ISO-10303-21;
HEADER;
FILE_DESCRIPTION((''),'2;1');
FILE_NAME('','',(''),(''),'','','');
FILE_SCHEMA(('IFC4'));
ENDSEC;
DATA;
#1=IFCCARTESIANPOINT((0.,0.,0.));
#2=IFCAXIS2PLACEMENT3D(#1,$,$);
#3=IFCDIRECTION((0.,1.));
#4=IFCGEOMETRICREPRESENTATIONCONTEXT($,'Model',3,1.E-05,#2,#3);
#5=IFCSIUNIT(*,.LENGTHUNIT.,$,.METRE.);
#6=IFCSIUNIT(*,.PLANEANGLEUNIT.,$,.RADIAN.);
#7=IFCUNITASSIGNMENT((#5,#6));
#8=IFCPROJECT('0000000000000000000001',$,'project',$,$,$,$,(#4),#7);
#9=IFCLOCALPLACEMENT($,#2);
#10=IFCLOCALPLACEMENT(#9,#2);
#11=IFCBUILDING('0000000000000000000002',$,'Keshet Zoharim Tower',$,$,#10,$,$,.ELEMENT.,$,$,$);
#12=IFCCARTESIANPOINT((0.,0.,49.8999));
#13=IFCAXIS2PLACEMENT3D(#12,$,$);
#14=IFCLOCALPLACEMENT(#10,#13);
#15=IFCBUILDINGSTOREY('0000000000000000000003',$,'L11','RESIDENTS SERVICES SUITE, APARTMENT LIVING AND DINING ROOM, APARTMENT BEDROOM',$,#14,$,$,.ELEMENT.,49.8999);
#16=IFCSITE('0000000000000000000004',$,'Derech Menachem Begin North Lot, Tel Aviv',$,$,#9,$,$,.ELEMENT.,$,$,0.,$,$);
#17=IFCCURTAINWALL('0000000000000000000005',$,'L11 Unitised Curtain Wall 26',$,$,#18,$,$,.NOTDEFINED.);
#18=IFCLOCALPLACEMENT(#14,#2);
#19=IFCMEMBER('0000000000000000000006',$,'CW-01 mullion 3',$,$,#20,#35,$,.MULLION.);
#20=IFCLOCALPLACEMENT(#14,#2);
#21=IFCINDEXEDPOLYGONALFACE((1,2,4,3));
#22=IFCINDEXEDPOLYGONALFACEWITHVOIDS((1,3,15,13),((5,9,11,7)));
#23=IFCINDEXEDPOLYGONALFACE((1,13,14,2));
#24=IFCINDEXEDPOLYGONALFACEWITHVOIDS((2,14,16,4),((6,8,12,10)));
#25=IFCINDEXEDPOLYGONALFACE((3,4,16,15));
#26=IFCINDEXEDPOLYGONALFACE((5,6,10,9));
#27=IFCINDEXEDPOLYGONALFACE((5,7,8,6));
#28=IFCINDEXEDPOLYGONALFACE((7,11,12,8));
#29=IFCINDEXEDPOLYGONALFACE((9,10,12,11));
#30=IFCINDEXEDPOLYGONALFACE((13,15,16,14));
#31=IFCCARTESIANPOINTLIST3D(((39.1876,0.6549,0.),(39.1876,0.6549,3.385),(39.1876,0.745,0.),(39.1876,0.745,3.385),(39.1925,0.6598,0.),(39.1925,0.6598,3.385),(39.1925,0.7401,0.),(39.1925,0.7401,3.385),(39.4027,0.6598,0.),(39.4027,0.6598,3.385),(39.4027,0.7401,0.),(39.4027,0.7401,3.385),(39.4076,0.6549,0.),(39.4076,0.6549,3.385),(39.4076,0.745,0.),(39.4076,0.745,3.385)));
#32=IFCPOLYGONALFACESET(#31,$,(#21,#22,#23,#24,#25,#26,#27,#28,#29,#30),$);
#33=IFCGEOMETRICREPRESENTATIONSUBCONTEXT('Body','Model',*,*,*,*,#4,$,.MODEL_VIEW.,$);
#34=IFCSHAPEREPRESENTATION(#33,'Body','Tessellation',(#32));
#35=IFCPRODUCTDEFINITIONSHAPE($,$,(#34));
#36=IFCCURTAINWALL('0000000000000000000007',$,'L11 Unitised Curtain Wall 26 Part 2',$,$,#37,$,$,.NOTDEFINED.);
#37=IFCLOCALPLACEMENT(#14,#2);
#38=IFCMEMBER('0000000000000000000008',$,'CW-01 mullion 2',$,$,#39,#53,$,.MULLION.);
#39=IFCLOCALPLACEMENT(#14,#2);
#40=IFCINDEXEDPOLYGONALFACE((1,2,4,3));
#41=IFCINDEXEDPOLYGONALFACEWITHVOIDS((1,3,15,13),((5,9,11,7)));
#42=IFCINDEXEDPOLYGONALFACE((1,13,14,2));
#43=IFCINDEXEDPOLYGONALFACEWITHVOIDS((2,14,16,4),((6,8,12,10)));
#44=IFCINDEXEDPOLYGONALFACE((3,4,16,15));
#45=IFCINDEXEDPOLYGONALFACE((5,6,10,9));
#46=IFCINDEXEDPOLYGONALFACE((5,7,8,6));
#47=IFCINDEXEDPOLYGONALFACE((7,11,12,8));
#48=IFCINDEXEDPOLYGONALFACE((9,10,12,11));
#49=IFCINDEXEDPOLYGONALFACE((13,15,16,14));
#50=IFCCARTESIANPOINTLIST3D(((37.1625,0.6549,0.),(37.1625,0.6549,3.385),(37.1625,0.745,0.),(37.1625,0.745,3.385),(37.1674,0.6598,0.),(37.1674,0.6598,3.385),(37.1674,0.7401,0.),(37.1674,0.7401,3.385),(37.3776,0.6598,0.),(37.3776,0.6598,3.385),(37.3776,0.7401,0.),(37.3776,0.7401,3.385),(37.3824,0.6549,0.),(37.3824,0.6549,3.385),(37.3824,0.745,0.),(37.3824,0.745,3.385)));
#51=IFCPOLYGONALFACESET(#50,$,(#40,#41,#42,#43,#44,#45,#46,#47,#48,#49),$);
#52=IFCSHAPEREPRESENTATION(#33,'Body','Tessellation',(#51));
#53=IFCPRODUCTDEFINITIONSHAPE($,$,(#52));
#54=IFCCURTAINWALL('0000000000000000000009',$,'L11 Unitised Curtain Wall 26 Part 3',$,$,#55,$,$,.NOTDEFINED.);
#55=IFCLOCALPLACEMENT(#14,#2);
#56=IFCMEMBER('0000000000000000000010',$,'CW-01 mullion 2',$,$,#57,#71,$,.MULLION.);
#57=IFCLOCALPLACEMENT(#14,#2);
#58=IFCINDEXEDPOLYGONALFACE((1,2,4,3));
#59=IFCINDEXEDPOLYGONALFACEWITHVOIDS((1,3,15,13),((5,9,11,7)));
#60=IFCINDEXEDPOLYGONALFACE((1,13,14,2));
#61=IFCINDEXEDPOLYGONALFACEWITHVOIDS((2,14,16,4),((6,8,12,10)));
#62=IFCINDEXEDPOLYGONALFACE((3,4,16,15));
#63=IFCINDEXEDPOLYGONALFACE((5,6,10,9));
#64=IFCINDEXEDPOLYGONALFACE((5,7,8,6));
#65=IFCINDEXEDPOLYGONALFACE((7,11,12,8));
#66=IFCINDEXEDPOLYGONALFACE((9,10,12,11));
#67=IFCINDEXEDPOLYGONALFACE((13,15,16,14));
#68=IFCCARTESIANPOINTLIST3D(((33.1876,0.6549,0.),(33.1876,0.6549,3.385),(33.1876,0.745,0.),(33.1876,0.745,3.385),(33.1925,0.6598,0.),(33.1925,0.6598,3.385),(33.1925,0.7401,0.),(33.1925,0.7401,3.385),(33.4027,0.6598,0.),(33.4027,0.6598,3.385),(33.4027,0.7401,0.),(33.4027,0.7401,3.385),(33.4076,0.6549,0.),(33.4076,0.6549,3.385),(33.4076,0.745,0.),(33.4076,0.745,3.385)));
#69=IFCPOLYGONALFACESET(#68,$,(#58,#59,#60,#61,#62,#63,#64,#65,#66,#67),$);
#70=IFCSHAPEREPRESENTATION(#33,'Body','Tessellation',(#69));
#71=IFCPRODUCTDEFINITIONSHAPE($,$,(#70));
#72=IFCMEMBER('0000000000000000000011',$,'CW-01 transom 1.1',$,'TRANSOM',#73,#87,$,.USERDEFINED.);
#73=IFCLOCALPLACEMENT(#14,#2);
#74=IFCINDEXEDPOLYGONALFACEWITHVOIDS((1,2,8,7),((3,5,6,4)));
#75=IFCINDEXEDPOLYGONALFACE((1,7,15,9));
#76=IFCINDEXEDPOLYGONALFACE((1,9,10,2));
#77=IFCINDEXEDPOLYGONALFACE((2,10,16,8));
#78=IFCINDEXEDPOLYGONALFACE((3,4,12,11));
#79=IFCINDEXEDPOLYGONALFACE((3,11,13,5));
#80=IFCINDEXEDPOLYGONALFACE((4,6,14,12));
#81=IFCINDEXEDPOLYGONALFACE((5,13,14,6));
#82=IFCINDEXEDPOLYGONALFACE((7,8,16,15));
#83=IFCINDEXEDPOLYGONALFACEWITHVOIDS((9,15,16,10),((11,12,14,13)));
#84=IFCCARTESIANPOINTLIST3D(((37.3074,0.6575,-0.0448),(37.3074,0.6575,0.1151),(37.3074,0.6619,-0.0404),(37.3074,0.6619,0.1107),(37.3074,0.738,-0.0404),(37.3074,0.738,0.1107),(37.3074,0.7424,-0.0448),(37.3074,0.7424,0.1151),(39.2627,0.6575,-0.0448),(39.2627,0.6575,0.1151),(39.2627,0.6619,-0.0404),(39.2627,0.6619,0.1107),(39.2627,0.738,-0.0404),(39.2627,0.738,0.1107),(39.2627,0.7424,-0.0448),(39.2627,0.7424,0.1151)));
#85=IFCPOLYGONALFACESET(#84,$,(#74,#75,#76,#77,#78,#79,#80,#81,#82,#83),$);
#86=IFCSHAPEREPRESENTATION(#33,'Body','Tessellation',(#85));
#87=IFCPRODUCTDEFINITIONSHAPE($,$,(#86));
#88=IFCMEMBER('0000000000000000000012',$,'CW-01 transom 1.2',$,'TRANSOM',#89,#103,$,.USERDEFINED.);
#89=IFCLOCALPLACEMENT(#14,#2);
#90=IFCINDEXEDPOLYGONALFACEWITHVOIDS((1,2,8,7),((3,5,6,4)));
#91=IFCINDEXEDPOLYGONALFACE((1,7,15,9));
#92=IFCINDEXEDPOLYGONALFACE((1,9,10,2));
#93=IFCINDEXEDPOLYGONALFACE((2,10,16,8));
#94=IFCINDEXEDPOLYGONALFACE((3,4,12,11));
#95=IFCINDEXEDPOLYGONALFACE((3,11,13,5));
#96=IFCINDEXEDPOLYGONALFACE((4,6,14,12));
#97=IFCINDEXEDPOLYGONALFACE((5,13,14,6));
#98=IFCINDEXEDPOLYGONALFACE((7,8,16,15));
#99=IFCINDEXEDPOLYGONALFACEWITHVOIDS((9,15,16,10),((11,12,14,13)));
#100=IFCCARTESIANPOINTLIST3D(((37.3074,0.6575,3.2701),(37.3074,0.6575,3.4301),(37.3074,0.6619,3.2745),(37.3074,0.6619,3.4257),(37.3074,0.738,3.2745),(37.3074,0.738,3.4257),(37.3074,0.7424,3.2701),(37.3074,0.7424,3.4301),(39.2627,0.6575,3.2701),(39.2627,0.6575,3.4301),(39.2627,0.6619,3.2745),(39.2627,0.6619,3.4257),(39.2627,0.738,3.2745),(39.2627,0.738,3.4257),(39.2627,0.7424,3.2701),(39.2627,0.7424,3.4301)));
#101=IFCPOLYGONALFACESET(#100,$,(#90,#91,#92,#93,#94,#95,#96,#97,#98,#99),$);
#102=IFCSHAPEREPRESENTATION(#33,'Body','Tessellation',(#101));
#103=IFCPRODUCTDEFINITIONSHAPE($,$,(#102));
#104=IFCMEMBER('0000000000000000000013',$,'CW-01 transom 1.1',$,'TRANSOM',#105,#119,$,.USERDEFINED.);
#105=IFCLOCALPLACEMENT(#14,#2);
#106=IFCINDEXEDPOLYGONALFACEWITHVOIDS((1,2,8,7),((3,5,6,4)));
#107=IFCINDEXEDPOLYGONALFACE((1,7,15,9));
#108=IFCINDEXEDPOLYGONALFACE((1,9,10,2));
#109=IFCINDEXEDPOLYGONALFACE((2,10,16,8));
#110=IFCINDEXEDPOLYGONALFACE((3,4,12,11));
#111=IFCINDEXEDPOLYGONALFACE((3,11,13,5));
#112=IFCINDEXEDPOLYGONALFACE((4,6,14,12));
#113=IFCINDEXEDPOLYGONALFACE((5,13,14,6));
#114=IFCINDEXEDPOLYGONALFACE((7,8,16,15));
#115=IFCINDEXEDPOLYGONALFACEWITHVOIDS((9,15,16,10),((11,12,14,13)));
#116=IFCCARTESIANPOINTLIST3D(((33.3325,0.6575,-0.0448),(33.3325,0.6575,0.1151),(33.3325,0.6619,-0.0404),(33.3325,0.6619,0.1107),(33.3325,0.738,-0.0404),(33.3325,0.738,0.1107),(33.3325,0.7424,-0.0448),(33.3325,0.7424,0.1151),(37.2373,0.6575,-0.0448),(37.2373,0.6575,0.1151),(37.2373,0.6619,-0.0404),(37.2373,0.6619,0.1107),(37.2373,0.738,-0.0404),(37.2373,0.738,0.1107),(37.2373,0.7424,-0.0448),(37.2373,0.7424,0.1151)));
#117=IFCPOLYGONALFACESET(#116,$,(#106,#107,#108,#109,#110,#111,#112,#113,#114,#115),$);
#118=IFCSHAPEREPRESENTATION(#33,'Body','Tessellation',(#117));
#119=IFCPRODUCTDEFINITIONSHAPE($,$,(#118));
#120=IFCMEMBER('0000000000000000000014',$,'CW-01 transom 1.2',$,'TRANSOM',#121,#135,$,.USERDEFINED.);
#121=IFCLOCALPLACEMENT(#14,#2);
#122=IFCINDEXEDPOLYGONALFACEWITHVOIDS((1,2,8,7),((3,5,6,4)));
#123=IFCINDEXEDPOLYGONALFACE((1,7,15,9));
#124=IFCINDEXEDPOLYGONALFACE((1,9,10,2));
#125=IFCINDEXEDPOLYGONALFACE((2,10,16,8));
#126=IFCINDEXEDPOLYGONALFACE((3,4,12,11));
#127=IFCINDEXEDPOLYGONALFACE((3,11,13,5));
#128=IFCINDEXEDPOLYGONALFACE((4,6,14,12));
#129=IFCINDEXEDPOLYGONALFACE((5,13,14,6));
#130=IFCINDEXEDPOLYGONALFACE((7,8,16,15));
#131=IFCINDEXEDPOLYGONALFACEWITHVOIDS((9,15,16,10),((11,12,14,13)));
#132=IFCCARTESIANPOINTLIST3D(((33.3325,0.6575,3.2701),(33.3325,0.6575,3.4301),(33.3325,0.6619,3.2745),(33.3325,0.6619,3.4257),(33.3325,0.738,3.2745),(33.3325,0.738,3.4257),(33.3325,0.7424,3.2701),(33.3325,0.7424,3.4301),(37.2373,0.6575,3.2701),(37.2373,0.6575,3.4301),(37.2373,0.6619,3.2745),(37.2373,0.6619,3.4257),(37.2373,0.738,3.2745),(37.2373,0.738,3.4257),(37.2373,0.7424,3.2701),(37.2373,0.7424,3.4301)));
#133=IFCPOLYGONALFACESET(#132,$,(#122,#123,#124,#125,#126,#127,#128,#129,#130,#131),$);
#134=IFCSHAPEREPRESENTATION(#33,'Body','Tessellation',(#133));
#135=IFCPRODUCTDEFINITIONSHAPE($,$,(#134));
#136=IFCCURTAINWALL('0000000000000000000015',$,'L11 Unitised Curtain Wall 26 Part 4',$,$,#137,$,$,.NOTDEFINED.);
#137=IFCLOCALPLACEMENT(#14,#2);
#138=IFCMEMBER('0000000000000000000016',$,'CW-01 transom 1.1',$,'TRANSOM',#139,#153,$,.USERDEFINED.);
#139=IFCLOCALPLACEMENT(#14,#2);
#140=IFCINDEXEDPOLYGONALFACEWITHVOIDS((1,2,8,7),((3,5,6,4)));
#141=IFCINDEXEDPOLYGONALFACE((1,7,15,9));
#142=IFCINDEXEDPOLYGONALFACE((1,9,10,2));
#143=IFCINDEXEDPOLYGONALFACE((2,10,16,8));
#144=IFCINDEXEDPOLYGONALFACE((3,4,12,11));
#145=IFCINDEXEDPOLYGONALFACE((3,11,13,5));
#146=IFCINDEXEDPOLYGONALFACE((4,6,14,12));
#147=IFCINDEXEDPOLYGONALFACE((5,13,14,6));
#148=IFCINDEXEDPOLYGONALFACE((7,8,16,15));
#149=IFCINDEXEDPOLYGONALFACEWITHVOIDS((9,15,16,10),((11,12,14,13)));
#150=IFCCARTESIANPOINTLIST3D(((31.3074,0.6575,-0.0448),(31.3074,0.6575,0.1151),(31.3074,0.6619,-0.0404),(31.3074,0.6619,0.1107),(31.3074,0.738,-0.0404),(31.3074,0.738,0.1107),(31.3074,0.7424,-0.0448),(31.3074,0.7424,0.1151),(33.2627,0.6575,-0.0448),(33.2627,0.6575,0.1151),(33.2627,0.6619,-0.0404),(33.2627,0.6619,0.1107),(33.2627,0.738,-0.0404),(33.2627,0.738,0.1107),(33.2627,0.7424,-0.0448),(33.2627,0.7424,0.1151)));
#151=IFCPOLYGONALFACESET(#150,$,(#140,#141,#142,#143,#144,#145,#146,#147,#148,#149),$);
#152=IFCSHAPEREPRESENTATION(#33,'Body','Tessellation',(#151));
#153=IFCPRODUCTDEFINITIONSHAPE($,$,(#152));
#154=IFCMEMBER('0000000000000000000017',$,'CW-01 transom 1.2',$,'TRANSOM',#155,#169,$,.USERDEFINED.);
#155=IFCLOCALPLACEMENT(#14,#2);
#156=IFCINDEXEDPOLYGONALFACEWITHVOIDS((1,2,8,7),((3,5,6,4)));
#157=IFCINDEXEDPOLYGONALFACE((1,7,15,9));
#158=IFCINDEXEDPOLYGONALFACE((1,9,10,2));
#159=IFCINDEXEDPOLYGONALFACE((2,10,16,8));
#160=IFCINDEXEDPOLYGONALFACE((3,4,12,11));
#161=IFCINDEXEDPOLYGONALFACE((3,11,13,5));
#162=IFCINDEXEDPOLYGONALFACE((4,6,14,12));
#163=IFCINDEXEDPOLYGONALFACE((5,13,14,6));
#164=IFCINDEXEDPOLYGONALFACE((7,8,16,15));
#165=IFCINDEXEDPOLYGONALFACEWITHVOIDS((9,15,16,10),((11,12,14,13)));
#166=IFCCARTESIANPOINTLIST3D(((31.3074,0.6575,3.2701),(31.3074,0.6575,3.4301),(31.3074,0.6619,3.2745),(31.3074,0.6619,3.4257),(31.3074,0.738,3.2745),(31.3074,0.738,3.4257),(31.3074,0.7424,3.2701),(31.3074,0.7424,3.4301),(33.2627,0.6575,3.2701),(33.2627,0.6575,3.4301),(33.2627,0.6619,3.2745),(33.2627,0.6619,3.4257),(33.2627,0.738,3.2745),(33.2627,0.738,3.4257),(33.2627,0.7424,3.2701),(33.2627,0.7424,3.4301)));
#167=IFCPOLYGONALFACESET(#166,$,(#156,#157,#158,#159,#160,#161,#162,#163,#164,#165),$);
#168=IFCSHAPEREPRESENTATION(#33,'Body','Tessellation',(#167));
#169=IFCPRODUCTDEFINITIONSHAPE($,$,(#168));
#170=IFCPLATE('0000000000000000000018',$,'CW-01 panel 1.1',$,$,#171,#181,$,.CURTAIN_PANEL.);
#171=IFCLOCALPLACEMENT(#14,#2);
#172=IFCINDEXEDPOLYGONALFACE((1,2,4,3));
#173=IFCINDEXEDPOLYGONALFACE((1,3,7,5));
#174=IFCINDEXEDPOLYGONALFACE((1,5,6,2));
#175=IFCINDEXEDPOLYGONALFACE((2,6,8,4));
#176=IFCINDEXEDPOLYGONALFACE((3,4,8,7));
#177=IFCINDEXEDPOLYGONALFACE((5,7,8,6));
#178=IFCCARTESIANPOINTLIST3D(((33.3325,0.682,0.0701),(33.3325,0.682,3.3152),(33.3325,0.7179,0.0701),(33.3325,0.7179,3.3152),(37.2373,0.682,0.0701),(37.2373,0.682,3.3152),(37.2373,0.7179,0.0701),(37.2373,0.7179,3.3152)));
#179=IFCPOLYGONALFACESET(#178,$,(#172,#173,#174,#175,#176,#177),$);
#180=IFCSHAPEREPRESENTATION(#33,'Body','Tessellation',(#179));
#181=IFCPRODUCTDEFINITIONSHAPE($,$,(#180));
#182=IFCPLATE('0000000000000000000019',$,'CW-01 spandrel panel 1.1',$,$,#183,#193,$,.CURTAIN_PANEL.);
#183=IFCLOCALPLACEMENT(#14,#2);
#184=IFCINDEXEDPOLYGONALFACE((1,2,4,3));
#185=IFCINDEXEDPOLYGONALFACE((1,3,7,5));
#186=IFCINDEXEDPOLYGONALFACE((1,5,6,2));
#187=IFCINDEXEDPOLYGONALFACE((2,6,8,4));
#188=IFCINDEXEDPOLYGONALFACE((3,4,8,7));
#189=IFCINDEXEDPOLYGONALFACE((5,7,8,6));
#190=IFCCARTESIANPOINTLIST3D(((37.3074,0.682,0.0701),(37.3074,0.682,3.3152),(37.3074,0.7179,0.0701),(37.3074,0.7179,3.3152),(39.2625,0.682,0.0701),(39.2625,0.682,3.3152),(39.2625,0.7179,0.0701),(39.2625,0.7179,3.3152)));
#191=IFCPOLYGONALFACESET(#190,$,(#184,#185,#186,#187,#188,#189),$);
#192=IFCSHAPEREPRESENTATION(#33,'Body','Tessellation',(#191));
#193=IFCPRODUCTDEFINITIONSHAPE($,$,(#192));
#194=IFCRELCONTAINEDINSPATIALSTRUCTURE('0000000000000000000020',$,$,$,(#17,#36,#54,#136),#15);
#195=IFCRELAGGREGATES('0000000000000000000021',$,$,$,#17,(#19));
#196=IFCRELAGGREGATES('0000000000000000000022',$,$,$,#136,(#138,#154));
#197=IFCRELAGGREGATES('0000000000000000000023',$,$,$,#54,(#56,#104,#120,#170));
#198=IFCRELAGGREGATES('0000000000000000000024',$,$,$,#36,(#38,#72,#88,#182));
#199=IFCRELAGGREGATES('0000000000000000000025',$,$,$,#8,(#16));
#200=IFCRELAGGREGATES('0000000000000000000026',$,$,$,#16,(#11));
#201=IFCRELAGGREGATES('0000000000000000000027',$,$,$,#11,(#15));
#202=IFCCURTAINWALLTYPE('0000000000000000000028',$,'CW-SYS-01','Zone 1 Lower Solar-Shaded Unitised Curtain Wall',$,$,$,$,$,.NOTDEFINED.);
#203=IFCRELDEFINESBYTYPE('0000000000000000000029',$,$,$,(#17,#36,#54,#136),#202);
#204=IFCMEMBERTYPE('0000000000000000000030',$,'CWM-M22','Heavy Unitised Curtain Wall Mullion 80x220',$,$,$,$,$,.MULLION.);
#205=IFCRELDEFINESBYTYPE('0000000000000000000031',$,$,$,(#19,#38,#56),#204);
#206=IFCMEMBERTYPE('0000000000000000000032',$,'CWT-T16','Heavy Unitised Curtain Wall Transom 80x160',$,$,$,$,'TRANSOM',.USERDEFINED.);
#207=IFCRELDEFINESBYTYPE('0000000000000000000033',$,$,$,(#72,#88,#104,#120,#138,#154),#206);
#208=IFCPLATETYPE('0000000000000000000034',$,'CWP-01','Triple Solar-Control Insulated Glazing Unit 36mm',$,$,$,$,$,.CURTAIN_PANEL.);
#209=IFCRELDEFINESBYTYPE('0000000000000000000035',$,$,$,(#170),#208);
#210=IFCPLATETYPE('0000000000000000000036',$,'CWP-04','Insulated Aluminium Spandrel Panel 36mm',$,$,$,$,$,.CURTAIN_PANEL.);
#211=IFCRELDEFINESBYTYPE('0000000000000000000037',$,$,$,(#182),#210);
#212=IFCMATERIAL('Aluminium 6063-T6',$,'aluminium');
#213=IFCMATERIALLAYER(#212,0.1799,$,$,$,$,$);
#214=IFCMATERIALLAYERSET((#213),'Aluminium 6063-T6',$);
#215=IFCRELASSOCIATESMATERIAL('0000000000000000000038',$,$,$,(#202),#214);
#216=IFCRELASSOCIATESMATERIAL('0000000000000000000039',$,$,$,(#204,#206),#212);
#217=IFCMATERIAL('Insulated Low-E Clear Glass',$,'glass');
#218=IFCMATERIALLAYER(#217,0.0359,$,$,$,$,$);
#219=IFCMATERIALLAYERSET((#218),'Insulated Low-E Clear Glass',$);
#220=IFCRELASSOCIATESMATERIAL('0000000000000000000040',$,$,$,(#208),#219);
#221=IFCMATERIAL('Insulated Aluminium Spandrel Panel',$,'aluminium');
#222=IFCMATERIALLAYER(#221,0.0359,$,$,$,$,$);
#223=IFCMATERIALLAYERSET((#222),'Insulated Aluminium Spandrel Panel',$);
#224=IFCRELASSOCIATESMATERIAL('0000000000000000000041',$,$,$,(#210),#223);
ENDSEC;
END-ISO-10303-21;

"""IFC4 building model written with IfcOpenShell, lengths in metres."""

from ifc_helpers import new_model, si_unit, direction, frame, origin, origin_2d, place, context, subcontext, project, spatial, rectangle, hollow_rectangle, extrude, material, layer, layer_set, material_profile, profile_set, type_object, element, aggregate, save


model = new_model("IFC4")

# Units and contexts
model_context = context("Model", 3, precision=1e-05, world=origin(), true_north=direction((0.0, 1.0)))
body_context = subcontext(model_context, "Body", "Model", "MODEL_VIEW")
ifc_project = project(units=[si_unit("LENGTHUNIT", "METRE"), si_unit("PLANEANGLEUNIT", "RADIAN")], contexts=[model_context])

# Site, building, storey
site_placement = place(None, origin())
site = spatial("IfcSite", under=ifc_project, at=site_placement, Name="Derech Menachem Begin North Lot, Tel Aviv", CompositionType="ELEMENT", RefElevation=0.0)
building_placement = place(site_placement, origin())
building = spatial("IfcBuilding", under=site, at=building_placement, Name="Keshet Zoharim Tower", CompositionType="ELEMENT")
storey_placement = place(building_placement, frame((0.0, 0.0, 49.8999)))
storey = spatial("IfcBuildingStorey", under=building, at=storey_placement, Name="L11", Description="RESIDENTS SERVICES SUITE, APARTMENT LIVING AND DINING ROOM, APARTMENT BEDROOM", CompositionType="ELEMENT", Elevation=49.8999)

# Curtain walls, members
ifc_material_1 = material(Name="Aluminium 6063-T6", Category="aluminium")
ifc_layer_1 = layer(ifc_material_1, 0.1799)
ifc_layer_set_1 = layer_set([ifc_layer_1], Name="Aluminium 6063-T6")
curtain_wall_type = type_object("IfcCurtainWallType", Name="CW-SYS-01", Description="Zone 1 Lower Solar-Shaded Unitised Curtain Wall", PredefinedType="NOTDEFINED", material=ifc_layer_set_1)
curtain_wall_1_placement = place(storey_placement, origin())
curtain_wall_1 = element("IfcCurtainWall", 1, at=curtain_wall_1_placement, inside=storey, type_object=curtain_wall_type, Name="L11 Unitised Curtain Wall 26", PredefinedType="NOTDEFINED")
ifc_material_profile_1 = material_profile(ifc_material_1, hollow_rectangle(XDim=0.0901, YDim=0.22, WallThickness=0.0049, at=origin_2d()), Name="MUL-90x220")
ifc_profile_set_1 = profile_set([ifc_material_profile_1], Name="Aluminium 6063-T6")
member_type_1 = type_object("IfcMemberType", Name="CWM-M22", Description="Heavy Unitised Curtain Wall Mullion 80x220", PredefinedType="MULLION", material=ifc_profile_set_1)
member_1_placement = place(storey_placement, frame((39.2976, 0.7, 0.0), z_axis=(0.0, 0.0, 1.0), x_axis=(0.0, -1.0, 0.0)))
member_1 = element("IfcMember", 2, at=member_1_placement, type_object=member_type_1, Name="CW-01 mullion 3", PredefinedType="MULLION", context=body_context, shape_type="SweptSolid", body=[
    extrude(hollow_rectangle(XDim=0.0901, YDim=0.22, WallThickness=0.0049, at=origin_2d()), origin(), (0.0, 0.0, 1.0), 3.385),
])
aggregate(curtain_wall_1, [member_1])
curtain_wall_2_placement = place(storey_placement, origin())
curtain_wall_2 = element("IfcCurtainWall", 3, at=curtain_wall_2_placement, inside=storey, type_object=curtain_wall_type, Name="L11 Unitised Curtain Wall 26 Part 2", PredefinedType="NOTDEFINED")
member_2_placement = place(storey_placement, frame((37.2725, 0.7, 0.0), z_axis=(0.0, 0.0, 1.0), x_axis=(0.0, -1.0, 0.0)))
member_2 = element("IfcMember", 4, at=member_2_placement, type_object=member_type_1, Name="CW-01 mullion 2", PredefinedType="MULLION", context=body_context, shape_type="SweptSolid", body=[
    extrude(hollow_rectangle(XDim=0.0901, YDim=0.22, WallThickness=0.0049, at=origin_2d()), origin(), (0.0, 0.0, 1.0), 3.385),
])
curtain_wall_3_placement = place(storey_placement, origin())
curtain_wall_3 = element("IfcCurtainWall", 5, at=curtain_wall_3_placement, inside=storey, type_object=curtain_wall_type, Name="L11 Unitised Curtain Wall 26 Part 3", PredefinedType="NOTDEFINED")
member_3_placement = place(storey_placement, frame((33.2976, 0.7, 0.0), z_axis=(0.0, 0.0, 1.0), x_axis=(0.0, -1.0, 0.0)))
member_3 = element("IfcMember", 6, at=member_3_placement, type_object=member_type_1, Name="CW-01 mullion 2", PredefinedType="MULLION", context=body_context, shape_type="SweptSolid", body=[
    extrude(hollow_rectangle(XDim=0.0901, YDim=0.22, WallThickness=0.0049, at=origin_2d()), origin(), (0.0, 0.0, 1.0), 3.385),
])

# Members
ifc_material_profile_2 = material_profile(ifc_material_1, hollow_rectangle(XDim=0.085, YDim=0.1599, WallThickness=0.0044, at=origin_2d()), Name="TRN-85x160")
ifc_profile_set_2 = profile_set([ifc_material_profile_2], Name="Aluminium 6063-T6")
member_type_2 = type_object("IfcMemberType", Name="CWT-T16", Description="Heavy Unitised Curtain Wall Transom 80x160", ElementType="TRANSOM", PredefinedType="USERDEFINED", material=ifc_profile_set_2)
member_4_placement = place(storey_placement, frame((39.2627, 0.7, 0.0352), z_axis=(-1.0, 0.0, 0.0), x_axis=(0.0, -1.0, 0.0)))
member_4 = element("IfcMember", 7, at=member_4_placement, type_object=member_type_2, Name="CW-01 transom 1.1", ObjectType="TRANSOM", PredefinedType="USERDEFINED", context=body_context, shape_type="SweptSolid", body=[
    extrude(hollow_rectangle(XDim=0.085, YDim=0.1599, WallThickness=0.0044, at=origin_2d()), origin(), (0.0, 0.0, 1.0), 1.9553),
])
member_5_placement = place(storey_placement, frame((39.2627, 0.7, 3.3501), z_axis=(-1.0, 0.0, 0.0), x_axis=(0.0, -1.0, 0.0)))
member_5 = element("IfcMember", 8, at=member_5_placement, type_object=member_type_2, Name="CW-01 transom 1.2", ObjectType="TRANSOM", PredefinedType="USERDEFINED", context=body_context, shape_type="SweptSolid", body=[
    extrude(hollow_rectangle(XDim=0.085, YDim=0.1599, WallThickness=0.0044, at=origin_2d()), origin(), (0.0, 0.0, 1.0), 1.9553),
])
member_6_placement = place(storey_placement, frame((37.2373, 0.7, 0.0352), z_axis=(-1.0, 0.0, 0.0), x_axis=(0.0, -1.0, 0.0)))
member_6 = element("IfcMember", 9, at=member_6_placement, type_object=member_type_2, Name="CW-01 transom 1.1", ObjectType="TRANSOM", PredefinedType="USERDEFINED", context=body_context, shape_type="SweptSolid", body=[
    extrude(hollow_rectangle(XDim=0.085, YDim=0.1599, WallThickness=0.0044, at=origin_2d()), origin(), (0.0, 0.0, 1.0), 3.9048),
])
member_7_placement = place(storey_placement, frame((37.2373, 0.7, 3.3501), z_axis=(-1.0, 0.0, 0.0), x_axis=(0.0, -1.0, 0.0)))
member_7 = element("IfcMember", 10, at=member_7_placement, type_object=member_type_2, Name="CW-01 transom 1.2", ObjectType="TRANSOM", PredefinedType="USERDEFINED", context=body_context, shape_type="SweptSolid", body=[
    extrude(hollow_rectangle(XDim=0.085, YDim=0.1599, WallThickness=0.0044, at=origin_2d()), origin(), (0.0, 0.0, 1.0), 3.9048),
])

# Curtain wall, members
curtain_wall_4_placement = place(storey_placement, origin())
curtain_wall_4 = element("IfcCurtainWall", 11, at=curtain_wall_4_placement, inside=storey, type_object=curtain_wall_type, Name="L11 Unitised Curtain Wall 26 Part 4", PredefinedType="NOTDEFINED")
member_8_placement = place(storey_placement, frame((33.2627, 0.7, 0.0352), z_axis=(-1.0, 0.0, 0.0), x_axis=(0.0, -1.0, 0.0)))
member_8 = element("IfcMember", 12, at=member_8_placement, type_object=member_type_2, Name="CW-01 transom 1.1", ObjectType="TRANSOM", PredefinedType="USERDEFINED", context=body_context, shape_type="SweptSolid", body=[
    extrude(hollow_rectangle(XDim=0.085, YDim=0.1599, WallThickness=0.0044, at=origin_2d()), origin(), (0.0, 0.0, 1.0), 1.9553),
])
member_9_placement = place(storey_placement, frame((33.2627, 0.7, 3.3501), z_axis=(-1.0, 0.0, 0.0), x_axis=(0.0, -1.0, 0.0)))
member_9 = element("IfcMember", 13, at=member_9_placement, type_object=member_type_2, Name="CW-01 transom 1.2", ObjectType="TRANSOM", PredefinedType="USERDEFINED", context=body_context, shape_type="SweptSolid", body=[
    extrude(hollow_rectangle(XDim=0.085, YDim=0.1599, WallThickness=0.0044, at=origin_2d()), origin(), (0.0, 0.0, 1.0), 1.9553),
])
aggregate(curtain_wall_4, [member_8, member_9])

# Plates
ifc_material_2 = material(Name="Insulated Low-E Clear Glass", Category="glass")
ifc_layer_2 = layer(ifc_material_2, 0.0359)
ifc_layer_set_2 = layer_set([ifc_layer_2], Name="Insulated Low-E Clear Glass")
plate_type_1 = type_object("IfcPlateType", Name="CWP-01", Description="Triple Solar-Control Insulated Glazing Unit 36mm", PredefinedType="CURTAIN_PANEL", material=ifc_layer_set_2)
plate_1_placement = place(storey_placement, frame((35.2849, 0.7, 0.0701), z_axis=(0.0, 0.0, 1.0), x_axis=(-1.0, 0.0, 0.0)))
plate_1 = element("IfcPlate", 14, at=plate_1_placement, type_object=plate_type_1, Name="CW-01 panel 1.1", PredefinedType="CURTAIN_PANEL", context=body_context, shape_type="SweptSolid", body=[
    extrude(rectangle(XDim=3.9048, YDim=0.0359, at=origin_2d()), origin(), (0.0, 0.0, 1.0), 3.2451),
])
aggregate(curtain_wall_3, [member_3, member_6, member_7, plate_1])
ifc_material_3 = material(Name="Insulated Aluminium Spandrel Panel", Category="aluminium")
ifc_layer_3 = layer(ifc_material_3, 0.0359)
ifc_layer_set_3 = layer_set([ifc_layer_3], Name="Insulated Aluminium Spandrel Panel")
plate_type_2 = type_object("IfcPlateType", Name="CWP-04", Description="Insulated Aluminium Spandrel Panel 36mm", PredefinedType="CURTAIN_PANEL", material=ifc_layer_set_3)
plate_2_placement = place(storey_placement, frame((38.2849, 0.7, 0.0701), z_axis=(0.0, 0.0, 1.0), x_axis=(-1.0, 0.0, 0.0)))
plate_2 = element("IfcPlate", 15, at=plate_2_placement, type_object=plate_type_2, Name="CW-01 spandrel panel 1.1", PredefinedType="CURTAIN_PANEL", context=body_context, shape_type="SweptSolid", body=[
    extrude(rectangle(XDim=1.9551, YDim=0.0359, at=origin_2d()), origin(), (0.0, 0.0, 1.0), 3.2451),
])
aggregate(curtain_wall_2, [member_2, member_4, member_5, plate_2])

save(model, "model.ifc")
